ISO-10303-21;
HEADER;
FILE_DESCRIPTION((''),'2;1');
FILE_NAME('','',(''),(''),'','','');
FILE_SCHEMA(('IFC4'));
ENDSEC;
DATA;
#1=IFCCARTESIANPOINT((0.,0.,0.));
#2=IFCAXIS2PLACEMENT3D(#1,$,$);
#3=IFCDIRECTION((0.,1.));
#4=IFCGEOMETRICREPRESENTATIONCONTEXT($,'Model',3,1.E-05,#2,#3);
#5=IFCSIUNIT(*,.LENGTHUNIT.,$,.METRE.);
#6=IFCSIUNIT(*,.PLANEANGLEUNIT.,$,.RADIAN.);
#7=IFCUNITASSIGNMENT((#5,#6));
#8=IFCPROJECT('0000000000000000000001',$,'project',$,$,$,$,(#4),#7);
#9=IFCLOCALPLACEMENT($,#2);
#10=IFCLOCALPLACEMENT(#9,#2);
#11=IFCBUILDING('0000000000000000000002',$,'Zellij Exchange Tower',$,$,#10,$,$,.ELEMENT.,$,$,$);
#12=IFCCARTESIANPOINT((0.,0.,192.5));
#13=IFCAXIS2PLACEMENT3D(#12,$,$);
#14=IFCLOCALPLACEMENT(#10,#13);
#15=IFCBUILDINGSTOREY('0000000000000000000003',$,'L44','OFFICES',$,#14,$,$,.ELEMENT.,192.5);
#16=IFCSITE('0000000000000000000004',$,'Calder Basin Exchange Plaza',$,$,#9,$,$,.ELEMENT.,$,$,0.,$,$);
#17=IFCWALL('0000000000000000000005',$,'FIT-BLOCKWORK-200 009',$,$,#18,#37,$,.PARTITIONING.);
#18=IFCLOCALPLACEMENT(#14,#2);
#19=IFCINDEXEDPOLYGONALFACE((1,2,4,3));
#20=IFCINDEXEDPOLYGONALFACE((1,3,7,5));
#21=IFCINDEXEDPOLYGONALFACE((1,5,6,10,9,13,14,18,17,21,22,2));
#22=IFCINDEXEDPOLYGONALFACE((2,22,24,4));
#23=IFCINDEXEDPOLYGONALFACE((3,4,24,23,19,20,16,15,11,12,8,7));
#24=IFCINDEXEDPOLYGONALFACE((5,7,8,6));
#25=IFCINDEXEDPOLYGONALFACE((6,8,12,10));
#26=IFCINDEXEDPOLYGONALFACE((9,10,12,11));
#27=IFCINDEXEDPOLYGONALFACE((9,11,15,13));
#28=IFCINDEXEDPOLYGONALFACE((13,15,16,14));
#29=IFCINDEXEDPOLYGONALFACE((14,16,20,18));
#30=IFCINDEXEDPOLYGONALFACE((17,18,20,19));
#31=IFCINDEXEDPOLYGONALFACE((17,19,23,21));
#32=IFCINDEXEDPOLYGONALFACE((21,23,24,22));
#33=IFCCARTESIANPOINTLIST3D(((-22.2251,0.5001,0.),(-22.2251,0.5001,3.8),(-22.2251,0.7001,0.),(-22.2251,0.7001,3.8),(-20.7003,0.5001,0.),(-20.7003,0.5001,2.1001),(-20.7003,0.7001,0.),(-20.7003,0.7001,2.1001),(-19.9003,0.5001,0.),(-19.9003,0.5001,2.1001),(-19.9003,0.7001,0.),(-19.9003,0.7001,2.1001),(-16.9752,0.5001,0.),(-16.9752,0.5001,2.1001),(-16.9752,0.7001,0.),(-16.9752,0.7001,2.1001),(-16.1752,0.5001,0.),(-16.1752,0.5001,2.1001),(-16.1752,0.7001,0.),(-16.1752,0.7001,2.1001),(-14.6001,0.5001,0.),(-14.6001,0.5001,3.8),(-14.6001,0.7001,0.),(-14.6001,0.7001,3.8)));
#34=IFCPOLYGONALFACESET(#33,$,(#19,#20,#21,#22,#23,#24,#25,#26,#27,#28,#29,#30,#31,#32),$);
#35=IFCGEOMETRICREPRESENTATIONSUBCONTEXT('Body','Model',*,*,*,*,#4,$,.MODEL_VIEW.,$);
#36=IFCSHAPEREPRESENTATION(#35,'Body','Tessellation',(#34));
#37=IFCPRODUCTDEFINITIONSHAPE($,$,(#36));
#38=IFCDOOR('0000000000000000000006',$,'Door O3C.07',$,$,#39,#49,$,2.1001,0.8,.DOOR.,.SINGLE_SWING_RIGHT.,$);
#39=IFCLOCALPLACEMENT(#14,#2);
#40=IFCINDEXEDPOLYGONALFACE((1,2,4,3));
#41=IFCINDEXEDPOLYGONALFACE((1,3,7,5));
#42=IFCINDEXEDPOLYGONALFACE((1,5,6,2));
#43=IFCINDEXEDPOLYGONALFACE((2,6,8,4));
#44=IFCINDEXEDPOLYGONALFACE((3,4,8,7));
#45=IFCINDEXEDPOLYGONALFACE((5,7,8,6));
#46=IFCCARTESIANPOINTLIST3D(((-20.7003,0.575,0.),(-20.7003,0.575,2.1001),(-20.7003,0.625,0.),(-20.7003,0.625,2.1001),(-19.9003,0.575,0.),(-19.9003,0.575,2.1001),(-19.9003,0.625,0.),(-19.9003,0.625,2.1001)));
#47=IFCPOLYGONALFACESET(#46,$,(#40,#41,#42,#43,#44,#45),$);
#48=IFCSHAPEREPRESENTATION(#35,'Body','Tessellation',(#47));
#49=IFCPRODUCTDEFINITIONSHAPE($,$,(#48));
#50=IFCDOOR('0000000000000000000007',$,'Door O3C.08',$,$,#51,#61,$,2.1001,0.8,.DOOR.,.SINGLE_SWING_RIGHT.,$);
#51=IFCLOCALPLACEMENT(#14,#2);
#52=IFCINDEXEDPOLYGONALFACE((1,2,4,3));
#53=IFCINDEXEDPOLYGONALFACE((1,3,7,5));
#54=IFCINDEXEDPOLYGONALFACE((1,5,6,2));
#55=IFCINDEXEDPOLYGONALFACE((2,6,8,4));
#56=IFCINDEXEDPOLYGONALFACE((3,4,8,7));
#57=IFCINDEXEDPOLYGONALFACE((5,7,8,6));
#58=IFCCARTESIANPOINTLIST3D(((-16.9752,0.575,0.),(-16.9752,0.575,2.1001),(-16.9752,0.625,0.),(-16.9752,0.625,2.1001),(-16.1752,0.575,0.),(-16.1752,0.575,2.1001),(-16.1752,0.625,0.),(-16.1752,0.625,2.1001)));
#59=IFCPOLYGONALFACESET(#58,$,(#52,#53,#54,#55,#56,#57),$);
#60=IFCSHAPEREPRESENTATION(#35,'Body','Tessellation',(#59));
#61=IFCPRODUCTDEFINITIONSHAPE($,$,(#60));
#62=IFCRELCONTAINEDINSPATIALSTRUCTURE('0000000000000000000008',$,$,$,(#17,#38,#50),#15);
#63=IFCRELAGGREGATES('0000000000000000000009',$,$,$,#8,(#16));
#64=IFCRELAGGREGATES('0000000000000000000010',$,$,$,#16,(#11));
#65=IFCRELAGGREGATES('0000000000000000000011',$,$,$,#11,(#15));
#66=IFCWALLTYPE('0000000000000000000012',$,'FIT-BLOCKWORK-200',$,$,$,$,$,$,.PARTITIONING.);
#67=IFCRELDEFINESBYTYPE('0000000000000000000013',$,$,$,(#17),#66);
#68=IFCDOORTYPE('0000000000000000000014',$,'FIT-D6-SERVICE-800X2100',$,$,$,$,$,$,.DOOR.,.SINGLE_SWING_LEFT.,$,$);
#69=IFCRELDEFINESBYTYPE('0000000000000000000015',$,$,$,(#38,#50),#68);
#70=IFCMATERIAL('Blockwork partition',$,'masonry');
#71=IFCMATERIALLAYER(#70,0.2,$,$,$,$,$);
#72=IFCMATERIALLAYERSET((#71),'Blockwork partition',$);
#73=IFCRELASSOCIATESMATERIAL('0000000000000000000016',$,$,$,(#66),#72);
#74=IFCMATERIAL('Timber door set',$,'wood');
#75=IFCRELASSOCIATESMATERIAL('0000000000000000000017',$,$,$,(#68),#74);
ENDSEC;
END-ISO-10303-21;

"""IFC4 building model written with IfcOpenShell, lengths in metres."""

from ifc_helpers import new_model, si_unit, direction, frame, frame_2d, origin, place, context, subcontext, project, spatial, rectangle, extrude, material, layer, layer_set, type_object, element, fill, save


model = new_model("IFC4")

# Units and contexts
model_context = context("Model", 3, precision=1e-05, world=origin(), true_north=direction((0.0, 1.0)))
body_context = subcontext(model_context, "Body", "Model", "MODEL_VIEW")
ifc_project = project(units=[si_unit("LENGTHUNIT", "METRE"), si_unit("PLANEANGLEUNIT", "RADIAN")], contexts=[model_context])

# Site, building, storey
site_placement = place(None, origin())
site = spatial("IfcSite", under=ifc_project, at=site_placement, Name="Calder Basin Exchange Plaza", CompositionType="ELEMENT", RefElevation=0.0)
building_placement = place(site_placement, origin())
building = spatial("IfcBuilding", under=site, at=building_placement, Name="Zellij Exchange Tower", CompositionType="ELEMENT")
storey_placement = place(building_placement, frame((0.0, 0.0, 192.5)))
storey = spatial("IfcBuildingStorey", under=building, at=storey_placement, Name="L44", Description="OFFICES", CompositionType="ELEMENT", Elevation=192.5)

# Wall, openings, doors
ifc_material_1 = material(Name="Blockwork partition", Category="masonry")
ifc_layer_1 = layer(ifc_material_1, 0.2)
ifc_layer_set_1 = layer_set([ifc_layer_1], Name="Blockwork partition")
wall_type_1 = type_object("IfcWallType", Name="FIT-BLOCKWORK-200", PredefinedType="PARTITIONING", material=ifc_layer_set_1)
wall_1_placement = place(storey_placement, frame((-22.2251, 0.6001, 0.0), z_axis=(0.0, 0.0, 1.0), x_axis=(1.0, 0.0, 0.0)))
wall_1 = element("IfcWall", 1, at=wall_1_placement, inside=storey, type_object=wall_type_1, Name="FIT-BLOCKWORK-200 009", PredefinedType="PARTITIONING", context=body_context, shape_type="SweptSolid", body=[
    extrude(rectangle(XDim=7.625, YDim=0.2, at=frame_2d((3.8125, 0.0))), origin(), (0.0, 0.0, 1.0), 3.8),
])
opening_1_placement = place(wall_1_placement, frame((1.5249, 0.0, 0.0)))
opening_1 = element("IfcOpeningElement", 2, at=opening_1_placement, cuts=wall_1, PredefinedType="OPENING", context=body_context, shape_type="SweptSolid", body=[
    extrude(rectangle(XDim=0.8, YDim=2.1001, at=frame_2d((0.3999, 1.05))), frame((0.0, 0.1118, 0.0), z_axis=(0.0, -1.0, 0.0), x_axis=(1.0, 0.0, 0.0)), (0.0, 0.0, 1.0), 0.2239),
])
opening_2_placement = place(wall_1_placement, frame((5.25, 0.0, 0.0)))
opening_2 = element("IfcOpeningElement", 3, at=opening_2_placement, cuts=wall_1, PredefinedType="OPENING", context=body_context, shape_type="SweptSolid", body=[
    extrude(rectangle(XDim=0.8, YDim=2.1001, at=frame_2d((0.3999, 1.05))), frame((0.0, 0.1118, 0.0), z_axis=(0.0, -1.0, 0.0), x_axis=(1.0, 0.0, 0.0)), (0.0, 0.0, 1.0), 0.2239),
])
ifc_material_2 = material(Name="Timber door set", Category="wood")
door_type_1 = type_object("IfcDoorType", Name="FIT-D6-SERVICE-800X2100", OperationType="SINGLE_SWING_LEFT", PredefinedType="DOOR", material=ifc_material_2)
door_1_placement = place(opening_1_placement, origin())
door_1 = element("IfcDoor", 4, at=door_1_placement, inside=storey, type_object=door_type_1, Name="Door O3C.07", OperationType="SINGLE_SWING_RIGHT", OverallHeight=2.1001, OverallWidth=0.8, PredefinedType="DOOR", context=body_context, shape_type="SweptSolid", body=[
    extrude(rectangle(XDim=0.8, YDim=2.1001, at=frame_2d((0.3999, 1.05))), frame((0.0, 0.0249, 0.0), z_axis=(0.0, -1.0, 0.0), x_axis=(1.0, 0.0, 0.0)), (0.0, 0.0, 1.0), 0.05),
])
fill(opening_1, door_1)
door_2_placement = place(opening_2_placement, origin())
door_2 = element("IfcDoor", 5, at=door_2_placement, inside=storey, type_object=door_type_1, Name="Door O3C.08", OperationType="SINGLE_SWING_RIGHT", OverallHeight=2.1001, OverallWidth=0.8, PredefinedType="DOOR", context=body_context, shape_type="SweptSolid", body=[
    extrude(rectangle(XDim=0.8, YDim=2.1001, at=frame_2d((0.3999, 1.05))), frame((0.0, 0.0249, 0.0), z_axis=(0.0, -1.0, 0.0), x_axis=(1.0, 0.0, 0.0)), (0.0, 0.0, 1.0), 0.05),
])
fill(opening_2, door_2)

save(model, "model.ifc")
